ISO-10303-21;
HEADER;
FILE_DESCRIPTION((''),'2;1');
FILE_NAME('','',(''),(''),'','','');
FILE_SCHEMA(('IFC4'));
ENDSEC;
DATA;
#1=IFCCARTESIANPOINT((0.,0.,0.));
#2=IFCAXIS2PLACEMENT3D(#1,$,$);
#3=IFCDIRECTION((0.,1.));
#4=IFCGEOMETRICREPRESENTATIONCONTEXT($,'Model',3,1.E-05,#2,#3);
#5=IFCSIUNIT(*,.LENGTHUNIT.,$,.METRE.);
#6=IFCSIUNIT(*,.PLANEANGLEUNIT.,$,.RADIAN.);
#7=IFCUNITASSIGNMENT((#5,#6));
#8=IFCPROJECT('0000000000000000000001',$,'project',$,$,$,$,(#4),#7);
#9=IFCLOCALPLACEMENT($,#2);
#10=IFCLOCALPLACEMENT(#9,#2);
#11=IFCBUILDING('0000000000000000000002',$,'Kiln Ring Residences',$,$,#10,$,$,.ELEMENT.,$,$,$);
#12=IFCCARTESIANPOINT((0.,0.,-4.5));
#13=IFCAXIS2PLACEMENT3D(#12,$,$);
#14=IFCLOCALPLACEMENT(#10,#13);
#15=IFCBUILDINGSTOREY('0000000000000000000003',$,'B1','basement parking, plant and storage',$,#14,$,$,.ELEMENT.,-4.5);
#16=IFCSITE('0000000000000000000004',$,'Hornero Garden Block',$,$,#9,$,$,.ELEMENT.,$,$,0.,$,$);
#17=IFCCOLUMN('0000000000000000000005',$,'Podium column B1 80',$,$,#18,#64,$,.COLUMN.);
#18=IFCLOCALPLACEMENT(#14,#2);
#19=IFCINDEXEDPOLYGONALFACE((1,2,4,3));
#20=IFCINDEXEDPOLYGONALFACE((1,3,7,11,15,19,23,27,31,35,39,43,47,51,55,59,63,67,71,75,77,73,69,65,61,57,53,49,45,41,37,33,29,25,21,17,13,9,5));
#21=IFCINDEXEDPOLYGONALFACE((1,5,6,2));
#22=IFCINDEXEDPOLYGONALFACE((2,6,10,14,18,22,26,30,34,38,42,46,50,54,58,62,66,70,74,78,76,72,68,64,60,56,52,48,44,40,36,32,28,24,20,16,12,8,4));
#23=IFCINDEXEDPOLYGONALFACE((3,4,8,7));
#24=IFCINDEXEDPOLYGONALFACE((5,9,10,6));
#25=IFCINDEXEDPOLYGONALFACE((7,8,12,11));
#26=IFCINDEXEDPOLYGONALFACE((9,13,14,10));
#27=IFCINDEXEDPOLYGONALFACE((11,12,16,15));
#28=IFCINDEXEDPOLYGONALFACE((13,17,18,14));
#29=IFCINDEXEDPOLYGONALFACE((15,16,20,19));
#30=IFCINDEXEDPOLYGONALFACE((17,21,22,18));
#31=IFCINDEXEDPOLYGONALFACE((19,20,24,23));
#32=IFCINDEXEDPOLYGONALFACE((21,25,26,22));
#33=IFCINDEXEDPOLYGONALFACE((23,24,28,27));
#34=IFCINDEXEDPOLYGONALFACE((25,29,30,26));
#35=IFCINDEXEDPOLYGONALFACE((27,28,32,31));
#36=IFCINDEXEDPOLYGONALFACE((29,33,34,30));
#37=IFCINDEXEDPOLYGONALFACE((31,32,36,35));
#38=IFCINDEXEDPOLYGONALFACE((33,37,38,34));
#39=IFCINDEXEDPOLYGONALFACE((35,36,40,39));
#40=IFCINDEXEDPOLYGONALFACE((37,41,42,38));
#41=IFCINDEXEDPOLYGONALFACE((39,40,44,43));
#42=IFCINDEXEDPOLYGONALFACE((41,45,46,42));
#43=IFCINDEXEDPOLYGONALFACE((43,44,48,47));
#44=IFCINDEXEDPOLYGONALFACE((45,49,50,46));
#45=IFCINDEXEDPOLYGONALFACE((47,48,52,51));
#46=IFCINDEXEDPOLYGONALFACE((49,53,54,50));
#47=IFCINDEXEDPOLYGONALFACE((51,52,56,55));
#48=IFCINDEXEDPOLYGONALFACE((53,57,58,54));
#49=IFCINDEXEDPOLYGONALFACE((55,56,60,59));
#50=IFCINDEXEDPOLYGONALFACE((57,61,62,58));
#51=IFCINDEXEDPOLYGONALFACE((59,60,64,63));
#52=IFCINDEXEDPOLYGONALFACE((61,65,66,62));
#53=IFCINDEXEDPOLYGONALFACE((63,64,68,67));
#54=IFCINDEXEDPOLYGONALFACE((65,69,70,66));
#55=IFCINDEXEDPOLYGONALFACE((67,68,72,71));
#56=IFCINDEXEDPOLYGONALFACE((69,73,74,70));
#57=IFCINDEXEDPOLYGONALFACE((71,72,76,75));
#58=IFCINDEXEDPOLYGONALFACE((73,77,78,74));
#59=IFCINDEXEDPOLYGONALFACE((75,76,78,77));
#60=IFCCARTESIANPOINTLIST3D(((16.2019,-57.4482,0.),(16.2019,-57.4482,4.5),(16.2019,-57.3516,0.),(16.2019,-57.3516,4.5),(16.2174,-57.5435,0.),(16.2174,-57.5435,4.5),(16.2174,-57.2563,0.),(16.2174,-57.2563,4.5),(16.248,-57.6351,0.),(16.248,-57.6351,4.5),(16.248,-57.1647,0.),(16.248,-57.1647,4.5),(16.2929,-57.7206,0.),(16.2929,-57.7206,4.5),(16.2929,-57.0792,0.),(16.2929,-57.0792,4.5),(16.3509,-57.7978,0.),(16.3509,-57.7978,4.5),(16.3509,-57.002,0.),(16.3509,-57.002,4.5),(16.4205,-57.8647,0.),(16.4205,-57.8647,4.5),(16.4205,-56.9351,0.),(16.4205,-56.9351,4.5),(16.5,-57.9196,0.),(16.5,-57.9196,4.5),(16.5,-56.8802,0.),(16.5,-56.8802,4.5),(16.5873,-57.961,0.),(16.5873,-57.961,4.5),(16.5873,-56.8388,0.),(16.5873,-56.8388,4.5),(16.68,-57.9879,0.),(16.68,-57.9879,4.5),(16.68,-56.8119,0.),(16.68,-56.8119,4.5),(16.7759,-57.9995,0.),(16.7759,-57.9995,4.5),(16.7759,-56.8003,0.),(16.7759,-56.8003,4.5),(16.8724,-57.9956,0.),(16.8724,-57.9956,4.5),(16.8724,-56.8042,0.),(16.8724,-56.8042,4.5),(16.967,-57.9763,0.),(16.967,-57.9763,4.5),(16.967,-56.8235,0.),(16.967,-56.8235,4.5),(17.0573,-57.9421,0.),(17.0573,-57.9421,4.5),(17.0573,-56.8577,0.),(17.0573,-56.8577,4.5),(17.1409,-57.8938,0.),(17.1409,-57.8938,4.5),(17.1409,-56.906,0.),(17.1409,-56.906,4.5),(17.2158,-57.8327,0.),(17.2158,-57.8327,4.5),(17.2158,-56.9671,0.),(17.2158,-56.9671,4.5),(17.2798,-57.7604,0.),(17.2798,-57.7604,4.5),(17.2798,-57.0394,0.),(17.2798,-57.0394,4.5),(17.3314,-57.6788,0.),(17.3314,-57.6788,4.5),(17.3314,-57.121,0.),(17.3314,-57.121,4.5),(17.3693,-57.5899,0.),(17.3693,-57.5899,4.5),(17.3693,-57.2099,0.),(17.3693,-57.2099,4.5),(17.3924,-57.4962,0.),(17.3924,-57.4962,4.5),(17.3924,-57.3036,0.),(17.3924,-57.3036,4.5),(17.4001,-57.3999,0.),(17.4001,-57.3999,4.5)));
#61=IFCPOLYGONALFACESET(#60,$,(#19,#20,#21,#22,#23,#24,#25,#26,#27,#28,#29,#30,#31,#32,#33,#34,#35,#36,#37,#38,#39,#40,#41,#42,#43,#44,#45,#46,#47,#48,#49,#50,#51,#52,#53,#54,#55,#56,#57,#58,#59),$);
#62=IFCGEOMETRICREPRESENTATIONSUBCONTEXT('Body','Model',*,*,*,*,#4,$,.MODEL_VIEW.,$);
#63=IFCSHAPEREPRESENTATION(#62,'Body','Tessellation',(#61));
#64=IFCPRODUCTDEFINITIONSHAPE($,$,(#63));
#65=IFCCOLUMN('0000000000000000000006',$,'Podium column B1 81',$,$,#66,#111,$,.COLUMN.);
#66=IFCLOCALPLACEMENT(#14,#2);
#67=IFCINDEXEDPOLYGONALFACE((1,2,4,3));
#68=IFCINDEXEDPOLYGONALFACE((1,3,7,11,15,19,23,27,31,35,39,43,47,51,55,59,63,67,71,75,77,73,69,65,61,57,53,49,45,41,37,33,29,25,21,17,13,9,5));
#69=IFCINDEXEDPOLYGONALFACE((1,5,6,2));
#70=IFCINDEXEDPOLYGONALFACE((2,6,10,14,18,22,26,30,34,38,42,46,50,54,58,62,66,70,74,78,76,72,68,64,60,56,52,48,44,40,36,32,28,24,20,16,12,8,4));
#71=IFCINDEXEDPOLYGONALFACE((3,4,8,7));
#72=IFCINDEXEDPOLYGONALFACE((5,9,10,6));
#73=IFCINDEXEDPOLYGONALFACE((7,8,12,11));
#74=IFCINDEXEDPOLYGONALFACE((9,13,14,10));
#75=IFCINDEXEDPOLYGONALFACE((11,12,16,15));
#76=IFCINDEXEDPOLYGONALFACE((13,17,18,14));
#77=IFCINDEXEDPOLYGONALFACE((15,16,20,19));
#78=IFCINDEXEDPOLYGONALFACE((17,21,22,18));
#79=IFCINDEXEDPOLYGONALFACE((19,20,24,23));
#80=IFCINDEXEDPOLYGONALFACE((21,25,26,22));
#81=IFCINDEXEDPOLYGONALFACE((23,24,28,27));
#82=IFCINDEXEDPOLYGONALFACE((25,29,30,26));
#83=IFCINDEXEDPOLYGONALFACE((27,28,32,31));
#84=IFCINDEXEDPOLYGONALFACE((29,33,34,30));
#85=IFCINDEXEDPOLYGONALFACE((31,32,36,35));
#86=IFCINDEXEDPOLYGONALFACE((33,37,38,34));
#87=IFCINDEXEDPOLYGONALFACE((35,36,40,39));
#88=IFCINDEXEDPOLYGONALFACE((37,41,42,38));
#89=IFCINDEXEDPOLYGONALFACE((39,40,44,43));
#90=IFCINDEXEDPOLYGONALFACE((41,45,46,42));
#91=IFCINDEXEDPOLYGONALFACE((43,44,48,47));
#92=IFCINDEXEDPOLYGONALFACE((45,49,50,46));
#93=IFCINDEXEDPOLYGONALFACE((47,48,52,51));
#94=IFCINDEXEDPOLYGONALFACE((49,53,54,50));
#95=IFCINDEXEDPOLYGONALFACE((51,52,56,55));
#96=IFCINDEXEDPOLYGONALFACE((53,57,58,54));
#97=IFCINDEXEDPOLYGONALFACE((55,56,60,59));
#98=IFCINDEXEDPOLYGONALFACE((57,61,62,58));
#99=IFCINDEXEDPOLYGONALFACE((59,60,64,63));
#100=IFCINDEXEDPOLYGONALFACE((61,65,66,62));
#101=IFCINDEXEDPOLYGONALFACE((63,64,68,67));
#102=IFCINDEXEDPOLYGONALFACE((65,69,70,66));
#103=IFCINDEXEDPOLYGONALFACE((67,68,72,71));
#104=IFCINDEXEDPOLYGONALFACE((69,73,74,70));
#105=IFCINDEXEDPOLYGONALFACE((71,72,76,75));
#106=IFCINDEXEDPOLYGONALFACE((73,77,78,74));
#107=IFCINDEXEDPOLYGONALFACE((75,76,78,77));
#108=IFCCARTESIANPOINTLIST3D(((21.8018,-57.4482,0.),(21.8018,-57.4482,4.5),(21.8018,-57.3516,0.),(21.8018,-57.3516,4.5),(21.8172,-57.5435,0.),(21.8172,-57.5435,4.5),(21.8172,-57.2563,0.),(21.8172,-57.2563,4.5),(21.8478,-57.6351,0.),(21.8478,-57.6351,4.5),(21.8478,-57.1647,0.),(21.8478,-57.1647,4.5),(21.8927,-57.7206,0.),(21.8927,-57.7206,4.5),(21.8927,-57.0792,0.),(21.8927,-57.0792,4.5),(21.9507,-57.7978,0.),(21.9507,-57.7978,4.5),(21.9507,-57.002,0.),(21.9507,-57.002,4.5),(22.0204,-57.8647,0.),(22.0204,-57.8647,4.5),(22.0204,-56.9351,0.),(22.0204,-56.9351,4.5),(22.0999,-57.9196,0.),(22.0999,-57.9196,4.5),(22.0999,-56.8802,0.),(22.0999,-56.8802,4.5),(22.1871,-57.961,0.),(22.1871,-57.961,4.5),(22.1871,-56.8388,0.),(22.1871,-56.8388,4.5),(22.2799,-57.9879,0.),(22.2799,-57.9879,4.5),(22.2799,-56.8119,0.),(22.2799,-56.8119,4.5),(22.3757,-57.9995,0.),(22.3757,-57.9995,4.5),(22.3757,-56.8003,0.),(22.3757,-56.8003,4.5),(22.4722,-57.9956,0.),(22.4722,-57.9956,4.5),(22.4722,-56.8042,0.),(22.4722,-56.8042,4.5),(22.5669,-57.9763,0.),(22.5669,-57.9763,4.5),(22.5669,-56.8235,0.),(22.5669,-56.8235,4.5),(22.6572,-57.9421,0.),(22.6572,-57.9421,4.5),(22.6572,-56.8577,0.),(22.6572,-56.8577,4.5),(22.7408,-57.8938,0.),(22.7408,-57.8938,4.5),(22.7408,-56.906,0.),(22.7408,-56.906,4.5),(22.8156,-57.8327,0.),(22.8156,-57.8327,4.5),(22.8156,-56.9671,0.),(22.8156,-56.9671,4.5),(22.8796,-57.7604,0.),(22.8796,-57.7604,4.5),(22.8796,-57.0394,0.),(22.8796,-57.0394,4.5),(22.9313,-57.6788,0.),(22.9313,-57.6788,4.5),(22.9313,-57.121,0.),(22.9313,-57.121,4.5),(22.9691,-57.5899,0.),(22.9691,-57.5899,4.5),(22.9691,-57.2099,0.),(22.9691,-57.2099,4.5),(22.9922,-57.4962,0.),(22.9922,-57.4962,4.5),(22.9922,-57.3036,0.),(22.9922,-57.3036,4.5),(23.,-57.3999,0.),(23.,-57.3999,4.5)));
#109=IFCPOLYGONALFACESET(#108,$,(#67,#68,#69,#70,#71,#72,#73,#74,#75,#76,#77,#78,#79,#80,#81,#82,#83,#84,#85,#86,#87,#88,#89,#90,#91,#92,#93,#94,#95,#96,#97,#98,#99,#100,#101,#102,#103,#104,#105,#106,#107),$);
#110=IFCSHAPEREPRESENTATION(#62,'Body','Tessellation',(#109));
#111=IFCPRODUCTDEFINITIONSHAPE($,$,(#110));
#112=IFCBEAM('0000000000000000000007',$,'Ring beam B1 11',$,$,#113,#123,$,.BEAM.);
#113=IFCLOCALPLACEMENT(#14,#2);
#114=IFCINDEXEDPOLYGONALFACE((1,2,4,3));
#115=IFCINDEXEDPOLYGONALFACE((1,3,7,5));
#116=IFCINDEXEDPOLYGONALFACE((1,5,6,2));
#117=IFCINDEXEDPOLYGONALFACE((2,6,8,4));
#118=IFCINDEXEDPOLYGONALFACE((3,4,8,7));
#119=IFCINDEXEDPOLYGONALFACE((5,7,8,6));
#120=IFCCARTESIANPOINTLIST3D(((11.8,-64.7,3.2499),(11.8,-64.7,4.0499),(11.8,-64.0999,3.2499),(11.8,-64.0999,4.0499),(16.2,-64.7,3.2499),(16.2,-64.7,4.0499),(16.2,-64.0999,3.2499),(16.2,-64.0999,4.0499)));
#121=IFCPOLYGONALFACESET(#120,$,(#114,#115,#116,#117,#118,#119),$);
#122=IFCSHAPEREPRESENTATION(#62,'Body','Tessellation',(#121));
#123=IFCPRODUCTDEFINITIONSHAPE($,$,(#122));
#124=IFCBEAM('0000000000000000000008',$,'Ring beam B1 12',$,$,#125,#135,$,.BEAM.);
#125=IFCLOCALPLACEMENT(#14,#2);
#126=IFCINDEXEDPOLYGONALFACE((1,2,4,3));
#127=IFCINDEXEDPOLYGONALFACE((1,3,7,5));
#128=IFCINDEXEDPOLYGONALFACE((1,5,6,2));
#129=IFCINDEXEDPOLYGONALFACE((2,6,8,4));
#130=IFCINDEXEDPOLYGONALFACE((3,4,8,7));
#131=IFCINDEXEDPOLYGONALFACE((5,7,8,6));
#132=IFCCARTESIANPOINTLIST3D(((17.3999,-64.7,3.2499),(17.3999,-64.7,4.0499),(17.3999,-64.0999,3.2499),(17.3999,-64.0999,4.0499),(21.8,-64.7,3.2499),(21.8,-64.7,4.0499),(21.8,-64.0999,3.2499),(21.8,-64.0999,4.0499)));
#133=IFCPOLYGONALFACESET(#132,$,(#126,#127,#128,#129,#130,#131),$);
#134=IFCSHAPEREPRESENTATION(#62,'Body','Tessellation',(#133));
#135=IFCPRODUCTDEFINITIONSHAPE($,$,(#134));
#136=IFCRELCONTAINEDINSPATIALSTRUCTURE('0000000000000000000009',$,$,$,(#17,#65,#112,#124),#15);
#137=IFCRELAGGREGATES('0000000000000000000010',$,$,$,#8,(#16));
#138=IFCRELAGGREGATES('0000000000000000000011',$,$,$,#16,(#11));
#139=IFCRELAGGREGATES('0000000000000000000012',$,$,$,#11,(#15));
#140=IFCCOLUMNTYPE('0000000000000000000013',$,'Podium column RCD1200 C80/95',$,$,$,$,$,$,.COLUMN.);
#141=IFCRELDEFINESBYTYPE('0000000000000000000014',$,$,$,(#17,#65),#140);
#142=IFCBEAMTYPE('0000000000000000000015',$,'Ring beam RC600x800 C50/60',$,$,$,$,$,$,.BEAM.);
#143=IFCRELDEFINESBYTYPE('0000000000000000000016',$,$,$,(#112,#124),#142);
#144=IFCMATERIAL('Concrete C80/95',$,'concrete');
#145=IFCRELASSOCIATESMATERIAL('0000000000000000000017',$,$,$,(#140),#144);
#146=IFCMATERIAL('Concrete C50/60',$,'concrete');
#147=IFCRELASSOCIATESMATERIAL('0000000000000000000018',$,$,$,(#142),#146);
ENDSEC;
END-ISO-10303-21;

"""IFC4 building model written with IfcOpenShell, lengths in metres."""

from ifc_helpers import new_model, si_unit, direction, frame, origin, origin_2d, place, context, subcontext, project, spatial, rectangle, circle, extrude, material, material_profile, profile_set, type_object, element, save


model = new_model("IFC4")

# Units and contexts
model_context = context("Model", 3, precision=1e-05, world=origin(), true_north=direction((0.0, 1.0)))
body_context = subcontext(model_context, "Body", "Model", "MODEL_VIEW")
ifc_project = project(units=[si_unit("LENGTHUNIT", "METRE"), si_unit("PLANEANGLEUNIT", "RADIAN")], contexts=[model_context])

# Site, building, storey
site_placement = place(None, origin())
site = spatial("IfcSite", under=ifc_project, at=site_placement, Name="Hornero Garden Block", CompositionType="ELEMENT", RefElevation=0.0)
building_placement = place(site_placement, origin())
building = spatial("IfcBuilding", under=site, at=building_placement, Name="Kiln Ring Residences", CompositionType="ELEMENT")
storey_placement = place(building_placement, frame((0.0, 0.0, -4.5)))
storey = spatial("IfcBuildingStorey", under=building, at=storey_placement, Name="B1", Description="basement parking, plant and storage", CompositionType="ELEMENT", Elevation=-4.5)

# Columns
ifc_material_1 = material(Name="Concrete C80/95", Category="concrete")
ifc_material_profile_1 = material_profile(ifc_material_1, circle(Radius=0.6001, at=origin_2d()), Name="RCD1200")
ifc_profile_set_1 = profile_set([ifc_material_profile_1], Name="Concrete C80/95")
column_type = type_object("IfcColumnType", Name="Podium column RCD1200 C80/95", PredefinedType="COLUMN", material=ifc_profile_set_1)
for number, where, z_axis, x_axis, name in (
    (1, (16.8, -57.3999, 0.0), (0.0, 0.0, 1.0), (1.0, 0.0, 0.0), "Podium column B1 80"),
    (2, (22.3999, -57.3999, 0.0), (0.0, 0.0, 1.0), (1.0, 0.0, 0.0), "Podium column B1 81"),
):
    element("IfcColumn", number, at=place(storey_placement, frame(where, z_axis=z_axis, x_axis=x_axis)), inside=storey, type_object=column_type, Name=name, PredefinedType="COLUMN", context=body_context, shape_type="SweptSolid", body=[
        extrude(circle(Radius=0.6001, at=origin_2d()), origin(), (0.0, 0.0, 1.0), 4.5),
    ])

# Beams
ifc_material_2 = material(Name="Concrete C50/60", Category="concrete")
ifc_material_profile_2 = material_profile(ifc_material_2, rectangle(XDim=0.6001, YDim=0.8, at=origin_2d()), Name="RC600x800")
ifc_profile_set_2 = profile_set([ifc_material_profile_2], Name="Concrete C50/60")
beam_type = type_object("IfcBeamType", Name="Ring beam RC600x800 C50/60", PredefinedType="BEAM", material=ifc_profile_set_2)
beam_1_placement = place(storey_placement, frame((11.8, -64.3999, 3.6499), z_axis=(1.0, 0.0, 0.0), x_axis=(0.0, 1.0, 0.0)))
element("IfcBeam", 3, at=beam_1_placement, inside=storey, type_object=beam_type, Name="Ring beam B1 11", PredefinedType="BEAM", context=body_context, shape_type="SweptSolid", body=[
    extrude(rectangle(XDim=0.6001, YDim=0.8, at=origin_2d()), origin(), (0.0, 0.0, 1.0), 4.3999),
])
beam_2_placement = place(storey_placement, frame((17.3999, -64.3999, 3.6499), z_axis=(1.0, 0.0, 0.0), x_axis=(0.0, 1.0, 0.0)))
element("IfcBeam", 4, at=beam_2_placement, inside=storey, type_object=beam_type, Name="Ring beam B1 12", PredefinedType="BEAM", context=body_context, shape_type="SweptSolid", body=[
    extrude(rectangle(XDim=0.6001, YDim=0.8, at=origin_2d()), origin(), (0.0, 0.0, 1.0), 4.4001),
])

save(model, "model.ifc")
